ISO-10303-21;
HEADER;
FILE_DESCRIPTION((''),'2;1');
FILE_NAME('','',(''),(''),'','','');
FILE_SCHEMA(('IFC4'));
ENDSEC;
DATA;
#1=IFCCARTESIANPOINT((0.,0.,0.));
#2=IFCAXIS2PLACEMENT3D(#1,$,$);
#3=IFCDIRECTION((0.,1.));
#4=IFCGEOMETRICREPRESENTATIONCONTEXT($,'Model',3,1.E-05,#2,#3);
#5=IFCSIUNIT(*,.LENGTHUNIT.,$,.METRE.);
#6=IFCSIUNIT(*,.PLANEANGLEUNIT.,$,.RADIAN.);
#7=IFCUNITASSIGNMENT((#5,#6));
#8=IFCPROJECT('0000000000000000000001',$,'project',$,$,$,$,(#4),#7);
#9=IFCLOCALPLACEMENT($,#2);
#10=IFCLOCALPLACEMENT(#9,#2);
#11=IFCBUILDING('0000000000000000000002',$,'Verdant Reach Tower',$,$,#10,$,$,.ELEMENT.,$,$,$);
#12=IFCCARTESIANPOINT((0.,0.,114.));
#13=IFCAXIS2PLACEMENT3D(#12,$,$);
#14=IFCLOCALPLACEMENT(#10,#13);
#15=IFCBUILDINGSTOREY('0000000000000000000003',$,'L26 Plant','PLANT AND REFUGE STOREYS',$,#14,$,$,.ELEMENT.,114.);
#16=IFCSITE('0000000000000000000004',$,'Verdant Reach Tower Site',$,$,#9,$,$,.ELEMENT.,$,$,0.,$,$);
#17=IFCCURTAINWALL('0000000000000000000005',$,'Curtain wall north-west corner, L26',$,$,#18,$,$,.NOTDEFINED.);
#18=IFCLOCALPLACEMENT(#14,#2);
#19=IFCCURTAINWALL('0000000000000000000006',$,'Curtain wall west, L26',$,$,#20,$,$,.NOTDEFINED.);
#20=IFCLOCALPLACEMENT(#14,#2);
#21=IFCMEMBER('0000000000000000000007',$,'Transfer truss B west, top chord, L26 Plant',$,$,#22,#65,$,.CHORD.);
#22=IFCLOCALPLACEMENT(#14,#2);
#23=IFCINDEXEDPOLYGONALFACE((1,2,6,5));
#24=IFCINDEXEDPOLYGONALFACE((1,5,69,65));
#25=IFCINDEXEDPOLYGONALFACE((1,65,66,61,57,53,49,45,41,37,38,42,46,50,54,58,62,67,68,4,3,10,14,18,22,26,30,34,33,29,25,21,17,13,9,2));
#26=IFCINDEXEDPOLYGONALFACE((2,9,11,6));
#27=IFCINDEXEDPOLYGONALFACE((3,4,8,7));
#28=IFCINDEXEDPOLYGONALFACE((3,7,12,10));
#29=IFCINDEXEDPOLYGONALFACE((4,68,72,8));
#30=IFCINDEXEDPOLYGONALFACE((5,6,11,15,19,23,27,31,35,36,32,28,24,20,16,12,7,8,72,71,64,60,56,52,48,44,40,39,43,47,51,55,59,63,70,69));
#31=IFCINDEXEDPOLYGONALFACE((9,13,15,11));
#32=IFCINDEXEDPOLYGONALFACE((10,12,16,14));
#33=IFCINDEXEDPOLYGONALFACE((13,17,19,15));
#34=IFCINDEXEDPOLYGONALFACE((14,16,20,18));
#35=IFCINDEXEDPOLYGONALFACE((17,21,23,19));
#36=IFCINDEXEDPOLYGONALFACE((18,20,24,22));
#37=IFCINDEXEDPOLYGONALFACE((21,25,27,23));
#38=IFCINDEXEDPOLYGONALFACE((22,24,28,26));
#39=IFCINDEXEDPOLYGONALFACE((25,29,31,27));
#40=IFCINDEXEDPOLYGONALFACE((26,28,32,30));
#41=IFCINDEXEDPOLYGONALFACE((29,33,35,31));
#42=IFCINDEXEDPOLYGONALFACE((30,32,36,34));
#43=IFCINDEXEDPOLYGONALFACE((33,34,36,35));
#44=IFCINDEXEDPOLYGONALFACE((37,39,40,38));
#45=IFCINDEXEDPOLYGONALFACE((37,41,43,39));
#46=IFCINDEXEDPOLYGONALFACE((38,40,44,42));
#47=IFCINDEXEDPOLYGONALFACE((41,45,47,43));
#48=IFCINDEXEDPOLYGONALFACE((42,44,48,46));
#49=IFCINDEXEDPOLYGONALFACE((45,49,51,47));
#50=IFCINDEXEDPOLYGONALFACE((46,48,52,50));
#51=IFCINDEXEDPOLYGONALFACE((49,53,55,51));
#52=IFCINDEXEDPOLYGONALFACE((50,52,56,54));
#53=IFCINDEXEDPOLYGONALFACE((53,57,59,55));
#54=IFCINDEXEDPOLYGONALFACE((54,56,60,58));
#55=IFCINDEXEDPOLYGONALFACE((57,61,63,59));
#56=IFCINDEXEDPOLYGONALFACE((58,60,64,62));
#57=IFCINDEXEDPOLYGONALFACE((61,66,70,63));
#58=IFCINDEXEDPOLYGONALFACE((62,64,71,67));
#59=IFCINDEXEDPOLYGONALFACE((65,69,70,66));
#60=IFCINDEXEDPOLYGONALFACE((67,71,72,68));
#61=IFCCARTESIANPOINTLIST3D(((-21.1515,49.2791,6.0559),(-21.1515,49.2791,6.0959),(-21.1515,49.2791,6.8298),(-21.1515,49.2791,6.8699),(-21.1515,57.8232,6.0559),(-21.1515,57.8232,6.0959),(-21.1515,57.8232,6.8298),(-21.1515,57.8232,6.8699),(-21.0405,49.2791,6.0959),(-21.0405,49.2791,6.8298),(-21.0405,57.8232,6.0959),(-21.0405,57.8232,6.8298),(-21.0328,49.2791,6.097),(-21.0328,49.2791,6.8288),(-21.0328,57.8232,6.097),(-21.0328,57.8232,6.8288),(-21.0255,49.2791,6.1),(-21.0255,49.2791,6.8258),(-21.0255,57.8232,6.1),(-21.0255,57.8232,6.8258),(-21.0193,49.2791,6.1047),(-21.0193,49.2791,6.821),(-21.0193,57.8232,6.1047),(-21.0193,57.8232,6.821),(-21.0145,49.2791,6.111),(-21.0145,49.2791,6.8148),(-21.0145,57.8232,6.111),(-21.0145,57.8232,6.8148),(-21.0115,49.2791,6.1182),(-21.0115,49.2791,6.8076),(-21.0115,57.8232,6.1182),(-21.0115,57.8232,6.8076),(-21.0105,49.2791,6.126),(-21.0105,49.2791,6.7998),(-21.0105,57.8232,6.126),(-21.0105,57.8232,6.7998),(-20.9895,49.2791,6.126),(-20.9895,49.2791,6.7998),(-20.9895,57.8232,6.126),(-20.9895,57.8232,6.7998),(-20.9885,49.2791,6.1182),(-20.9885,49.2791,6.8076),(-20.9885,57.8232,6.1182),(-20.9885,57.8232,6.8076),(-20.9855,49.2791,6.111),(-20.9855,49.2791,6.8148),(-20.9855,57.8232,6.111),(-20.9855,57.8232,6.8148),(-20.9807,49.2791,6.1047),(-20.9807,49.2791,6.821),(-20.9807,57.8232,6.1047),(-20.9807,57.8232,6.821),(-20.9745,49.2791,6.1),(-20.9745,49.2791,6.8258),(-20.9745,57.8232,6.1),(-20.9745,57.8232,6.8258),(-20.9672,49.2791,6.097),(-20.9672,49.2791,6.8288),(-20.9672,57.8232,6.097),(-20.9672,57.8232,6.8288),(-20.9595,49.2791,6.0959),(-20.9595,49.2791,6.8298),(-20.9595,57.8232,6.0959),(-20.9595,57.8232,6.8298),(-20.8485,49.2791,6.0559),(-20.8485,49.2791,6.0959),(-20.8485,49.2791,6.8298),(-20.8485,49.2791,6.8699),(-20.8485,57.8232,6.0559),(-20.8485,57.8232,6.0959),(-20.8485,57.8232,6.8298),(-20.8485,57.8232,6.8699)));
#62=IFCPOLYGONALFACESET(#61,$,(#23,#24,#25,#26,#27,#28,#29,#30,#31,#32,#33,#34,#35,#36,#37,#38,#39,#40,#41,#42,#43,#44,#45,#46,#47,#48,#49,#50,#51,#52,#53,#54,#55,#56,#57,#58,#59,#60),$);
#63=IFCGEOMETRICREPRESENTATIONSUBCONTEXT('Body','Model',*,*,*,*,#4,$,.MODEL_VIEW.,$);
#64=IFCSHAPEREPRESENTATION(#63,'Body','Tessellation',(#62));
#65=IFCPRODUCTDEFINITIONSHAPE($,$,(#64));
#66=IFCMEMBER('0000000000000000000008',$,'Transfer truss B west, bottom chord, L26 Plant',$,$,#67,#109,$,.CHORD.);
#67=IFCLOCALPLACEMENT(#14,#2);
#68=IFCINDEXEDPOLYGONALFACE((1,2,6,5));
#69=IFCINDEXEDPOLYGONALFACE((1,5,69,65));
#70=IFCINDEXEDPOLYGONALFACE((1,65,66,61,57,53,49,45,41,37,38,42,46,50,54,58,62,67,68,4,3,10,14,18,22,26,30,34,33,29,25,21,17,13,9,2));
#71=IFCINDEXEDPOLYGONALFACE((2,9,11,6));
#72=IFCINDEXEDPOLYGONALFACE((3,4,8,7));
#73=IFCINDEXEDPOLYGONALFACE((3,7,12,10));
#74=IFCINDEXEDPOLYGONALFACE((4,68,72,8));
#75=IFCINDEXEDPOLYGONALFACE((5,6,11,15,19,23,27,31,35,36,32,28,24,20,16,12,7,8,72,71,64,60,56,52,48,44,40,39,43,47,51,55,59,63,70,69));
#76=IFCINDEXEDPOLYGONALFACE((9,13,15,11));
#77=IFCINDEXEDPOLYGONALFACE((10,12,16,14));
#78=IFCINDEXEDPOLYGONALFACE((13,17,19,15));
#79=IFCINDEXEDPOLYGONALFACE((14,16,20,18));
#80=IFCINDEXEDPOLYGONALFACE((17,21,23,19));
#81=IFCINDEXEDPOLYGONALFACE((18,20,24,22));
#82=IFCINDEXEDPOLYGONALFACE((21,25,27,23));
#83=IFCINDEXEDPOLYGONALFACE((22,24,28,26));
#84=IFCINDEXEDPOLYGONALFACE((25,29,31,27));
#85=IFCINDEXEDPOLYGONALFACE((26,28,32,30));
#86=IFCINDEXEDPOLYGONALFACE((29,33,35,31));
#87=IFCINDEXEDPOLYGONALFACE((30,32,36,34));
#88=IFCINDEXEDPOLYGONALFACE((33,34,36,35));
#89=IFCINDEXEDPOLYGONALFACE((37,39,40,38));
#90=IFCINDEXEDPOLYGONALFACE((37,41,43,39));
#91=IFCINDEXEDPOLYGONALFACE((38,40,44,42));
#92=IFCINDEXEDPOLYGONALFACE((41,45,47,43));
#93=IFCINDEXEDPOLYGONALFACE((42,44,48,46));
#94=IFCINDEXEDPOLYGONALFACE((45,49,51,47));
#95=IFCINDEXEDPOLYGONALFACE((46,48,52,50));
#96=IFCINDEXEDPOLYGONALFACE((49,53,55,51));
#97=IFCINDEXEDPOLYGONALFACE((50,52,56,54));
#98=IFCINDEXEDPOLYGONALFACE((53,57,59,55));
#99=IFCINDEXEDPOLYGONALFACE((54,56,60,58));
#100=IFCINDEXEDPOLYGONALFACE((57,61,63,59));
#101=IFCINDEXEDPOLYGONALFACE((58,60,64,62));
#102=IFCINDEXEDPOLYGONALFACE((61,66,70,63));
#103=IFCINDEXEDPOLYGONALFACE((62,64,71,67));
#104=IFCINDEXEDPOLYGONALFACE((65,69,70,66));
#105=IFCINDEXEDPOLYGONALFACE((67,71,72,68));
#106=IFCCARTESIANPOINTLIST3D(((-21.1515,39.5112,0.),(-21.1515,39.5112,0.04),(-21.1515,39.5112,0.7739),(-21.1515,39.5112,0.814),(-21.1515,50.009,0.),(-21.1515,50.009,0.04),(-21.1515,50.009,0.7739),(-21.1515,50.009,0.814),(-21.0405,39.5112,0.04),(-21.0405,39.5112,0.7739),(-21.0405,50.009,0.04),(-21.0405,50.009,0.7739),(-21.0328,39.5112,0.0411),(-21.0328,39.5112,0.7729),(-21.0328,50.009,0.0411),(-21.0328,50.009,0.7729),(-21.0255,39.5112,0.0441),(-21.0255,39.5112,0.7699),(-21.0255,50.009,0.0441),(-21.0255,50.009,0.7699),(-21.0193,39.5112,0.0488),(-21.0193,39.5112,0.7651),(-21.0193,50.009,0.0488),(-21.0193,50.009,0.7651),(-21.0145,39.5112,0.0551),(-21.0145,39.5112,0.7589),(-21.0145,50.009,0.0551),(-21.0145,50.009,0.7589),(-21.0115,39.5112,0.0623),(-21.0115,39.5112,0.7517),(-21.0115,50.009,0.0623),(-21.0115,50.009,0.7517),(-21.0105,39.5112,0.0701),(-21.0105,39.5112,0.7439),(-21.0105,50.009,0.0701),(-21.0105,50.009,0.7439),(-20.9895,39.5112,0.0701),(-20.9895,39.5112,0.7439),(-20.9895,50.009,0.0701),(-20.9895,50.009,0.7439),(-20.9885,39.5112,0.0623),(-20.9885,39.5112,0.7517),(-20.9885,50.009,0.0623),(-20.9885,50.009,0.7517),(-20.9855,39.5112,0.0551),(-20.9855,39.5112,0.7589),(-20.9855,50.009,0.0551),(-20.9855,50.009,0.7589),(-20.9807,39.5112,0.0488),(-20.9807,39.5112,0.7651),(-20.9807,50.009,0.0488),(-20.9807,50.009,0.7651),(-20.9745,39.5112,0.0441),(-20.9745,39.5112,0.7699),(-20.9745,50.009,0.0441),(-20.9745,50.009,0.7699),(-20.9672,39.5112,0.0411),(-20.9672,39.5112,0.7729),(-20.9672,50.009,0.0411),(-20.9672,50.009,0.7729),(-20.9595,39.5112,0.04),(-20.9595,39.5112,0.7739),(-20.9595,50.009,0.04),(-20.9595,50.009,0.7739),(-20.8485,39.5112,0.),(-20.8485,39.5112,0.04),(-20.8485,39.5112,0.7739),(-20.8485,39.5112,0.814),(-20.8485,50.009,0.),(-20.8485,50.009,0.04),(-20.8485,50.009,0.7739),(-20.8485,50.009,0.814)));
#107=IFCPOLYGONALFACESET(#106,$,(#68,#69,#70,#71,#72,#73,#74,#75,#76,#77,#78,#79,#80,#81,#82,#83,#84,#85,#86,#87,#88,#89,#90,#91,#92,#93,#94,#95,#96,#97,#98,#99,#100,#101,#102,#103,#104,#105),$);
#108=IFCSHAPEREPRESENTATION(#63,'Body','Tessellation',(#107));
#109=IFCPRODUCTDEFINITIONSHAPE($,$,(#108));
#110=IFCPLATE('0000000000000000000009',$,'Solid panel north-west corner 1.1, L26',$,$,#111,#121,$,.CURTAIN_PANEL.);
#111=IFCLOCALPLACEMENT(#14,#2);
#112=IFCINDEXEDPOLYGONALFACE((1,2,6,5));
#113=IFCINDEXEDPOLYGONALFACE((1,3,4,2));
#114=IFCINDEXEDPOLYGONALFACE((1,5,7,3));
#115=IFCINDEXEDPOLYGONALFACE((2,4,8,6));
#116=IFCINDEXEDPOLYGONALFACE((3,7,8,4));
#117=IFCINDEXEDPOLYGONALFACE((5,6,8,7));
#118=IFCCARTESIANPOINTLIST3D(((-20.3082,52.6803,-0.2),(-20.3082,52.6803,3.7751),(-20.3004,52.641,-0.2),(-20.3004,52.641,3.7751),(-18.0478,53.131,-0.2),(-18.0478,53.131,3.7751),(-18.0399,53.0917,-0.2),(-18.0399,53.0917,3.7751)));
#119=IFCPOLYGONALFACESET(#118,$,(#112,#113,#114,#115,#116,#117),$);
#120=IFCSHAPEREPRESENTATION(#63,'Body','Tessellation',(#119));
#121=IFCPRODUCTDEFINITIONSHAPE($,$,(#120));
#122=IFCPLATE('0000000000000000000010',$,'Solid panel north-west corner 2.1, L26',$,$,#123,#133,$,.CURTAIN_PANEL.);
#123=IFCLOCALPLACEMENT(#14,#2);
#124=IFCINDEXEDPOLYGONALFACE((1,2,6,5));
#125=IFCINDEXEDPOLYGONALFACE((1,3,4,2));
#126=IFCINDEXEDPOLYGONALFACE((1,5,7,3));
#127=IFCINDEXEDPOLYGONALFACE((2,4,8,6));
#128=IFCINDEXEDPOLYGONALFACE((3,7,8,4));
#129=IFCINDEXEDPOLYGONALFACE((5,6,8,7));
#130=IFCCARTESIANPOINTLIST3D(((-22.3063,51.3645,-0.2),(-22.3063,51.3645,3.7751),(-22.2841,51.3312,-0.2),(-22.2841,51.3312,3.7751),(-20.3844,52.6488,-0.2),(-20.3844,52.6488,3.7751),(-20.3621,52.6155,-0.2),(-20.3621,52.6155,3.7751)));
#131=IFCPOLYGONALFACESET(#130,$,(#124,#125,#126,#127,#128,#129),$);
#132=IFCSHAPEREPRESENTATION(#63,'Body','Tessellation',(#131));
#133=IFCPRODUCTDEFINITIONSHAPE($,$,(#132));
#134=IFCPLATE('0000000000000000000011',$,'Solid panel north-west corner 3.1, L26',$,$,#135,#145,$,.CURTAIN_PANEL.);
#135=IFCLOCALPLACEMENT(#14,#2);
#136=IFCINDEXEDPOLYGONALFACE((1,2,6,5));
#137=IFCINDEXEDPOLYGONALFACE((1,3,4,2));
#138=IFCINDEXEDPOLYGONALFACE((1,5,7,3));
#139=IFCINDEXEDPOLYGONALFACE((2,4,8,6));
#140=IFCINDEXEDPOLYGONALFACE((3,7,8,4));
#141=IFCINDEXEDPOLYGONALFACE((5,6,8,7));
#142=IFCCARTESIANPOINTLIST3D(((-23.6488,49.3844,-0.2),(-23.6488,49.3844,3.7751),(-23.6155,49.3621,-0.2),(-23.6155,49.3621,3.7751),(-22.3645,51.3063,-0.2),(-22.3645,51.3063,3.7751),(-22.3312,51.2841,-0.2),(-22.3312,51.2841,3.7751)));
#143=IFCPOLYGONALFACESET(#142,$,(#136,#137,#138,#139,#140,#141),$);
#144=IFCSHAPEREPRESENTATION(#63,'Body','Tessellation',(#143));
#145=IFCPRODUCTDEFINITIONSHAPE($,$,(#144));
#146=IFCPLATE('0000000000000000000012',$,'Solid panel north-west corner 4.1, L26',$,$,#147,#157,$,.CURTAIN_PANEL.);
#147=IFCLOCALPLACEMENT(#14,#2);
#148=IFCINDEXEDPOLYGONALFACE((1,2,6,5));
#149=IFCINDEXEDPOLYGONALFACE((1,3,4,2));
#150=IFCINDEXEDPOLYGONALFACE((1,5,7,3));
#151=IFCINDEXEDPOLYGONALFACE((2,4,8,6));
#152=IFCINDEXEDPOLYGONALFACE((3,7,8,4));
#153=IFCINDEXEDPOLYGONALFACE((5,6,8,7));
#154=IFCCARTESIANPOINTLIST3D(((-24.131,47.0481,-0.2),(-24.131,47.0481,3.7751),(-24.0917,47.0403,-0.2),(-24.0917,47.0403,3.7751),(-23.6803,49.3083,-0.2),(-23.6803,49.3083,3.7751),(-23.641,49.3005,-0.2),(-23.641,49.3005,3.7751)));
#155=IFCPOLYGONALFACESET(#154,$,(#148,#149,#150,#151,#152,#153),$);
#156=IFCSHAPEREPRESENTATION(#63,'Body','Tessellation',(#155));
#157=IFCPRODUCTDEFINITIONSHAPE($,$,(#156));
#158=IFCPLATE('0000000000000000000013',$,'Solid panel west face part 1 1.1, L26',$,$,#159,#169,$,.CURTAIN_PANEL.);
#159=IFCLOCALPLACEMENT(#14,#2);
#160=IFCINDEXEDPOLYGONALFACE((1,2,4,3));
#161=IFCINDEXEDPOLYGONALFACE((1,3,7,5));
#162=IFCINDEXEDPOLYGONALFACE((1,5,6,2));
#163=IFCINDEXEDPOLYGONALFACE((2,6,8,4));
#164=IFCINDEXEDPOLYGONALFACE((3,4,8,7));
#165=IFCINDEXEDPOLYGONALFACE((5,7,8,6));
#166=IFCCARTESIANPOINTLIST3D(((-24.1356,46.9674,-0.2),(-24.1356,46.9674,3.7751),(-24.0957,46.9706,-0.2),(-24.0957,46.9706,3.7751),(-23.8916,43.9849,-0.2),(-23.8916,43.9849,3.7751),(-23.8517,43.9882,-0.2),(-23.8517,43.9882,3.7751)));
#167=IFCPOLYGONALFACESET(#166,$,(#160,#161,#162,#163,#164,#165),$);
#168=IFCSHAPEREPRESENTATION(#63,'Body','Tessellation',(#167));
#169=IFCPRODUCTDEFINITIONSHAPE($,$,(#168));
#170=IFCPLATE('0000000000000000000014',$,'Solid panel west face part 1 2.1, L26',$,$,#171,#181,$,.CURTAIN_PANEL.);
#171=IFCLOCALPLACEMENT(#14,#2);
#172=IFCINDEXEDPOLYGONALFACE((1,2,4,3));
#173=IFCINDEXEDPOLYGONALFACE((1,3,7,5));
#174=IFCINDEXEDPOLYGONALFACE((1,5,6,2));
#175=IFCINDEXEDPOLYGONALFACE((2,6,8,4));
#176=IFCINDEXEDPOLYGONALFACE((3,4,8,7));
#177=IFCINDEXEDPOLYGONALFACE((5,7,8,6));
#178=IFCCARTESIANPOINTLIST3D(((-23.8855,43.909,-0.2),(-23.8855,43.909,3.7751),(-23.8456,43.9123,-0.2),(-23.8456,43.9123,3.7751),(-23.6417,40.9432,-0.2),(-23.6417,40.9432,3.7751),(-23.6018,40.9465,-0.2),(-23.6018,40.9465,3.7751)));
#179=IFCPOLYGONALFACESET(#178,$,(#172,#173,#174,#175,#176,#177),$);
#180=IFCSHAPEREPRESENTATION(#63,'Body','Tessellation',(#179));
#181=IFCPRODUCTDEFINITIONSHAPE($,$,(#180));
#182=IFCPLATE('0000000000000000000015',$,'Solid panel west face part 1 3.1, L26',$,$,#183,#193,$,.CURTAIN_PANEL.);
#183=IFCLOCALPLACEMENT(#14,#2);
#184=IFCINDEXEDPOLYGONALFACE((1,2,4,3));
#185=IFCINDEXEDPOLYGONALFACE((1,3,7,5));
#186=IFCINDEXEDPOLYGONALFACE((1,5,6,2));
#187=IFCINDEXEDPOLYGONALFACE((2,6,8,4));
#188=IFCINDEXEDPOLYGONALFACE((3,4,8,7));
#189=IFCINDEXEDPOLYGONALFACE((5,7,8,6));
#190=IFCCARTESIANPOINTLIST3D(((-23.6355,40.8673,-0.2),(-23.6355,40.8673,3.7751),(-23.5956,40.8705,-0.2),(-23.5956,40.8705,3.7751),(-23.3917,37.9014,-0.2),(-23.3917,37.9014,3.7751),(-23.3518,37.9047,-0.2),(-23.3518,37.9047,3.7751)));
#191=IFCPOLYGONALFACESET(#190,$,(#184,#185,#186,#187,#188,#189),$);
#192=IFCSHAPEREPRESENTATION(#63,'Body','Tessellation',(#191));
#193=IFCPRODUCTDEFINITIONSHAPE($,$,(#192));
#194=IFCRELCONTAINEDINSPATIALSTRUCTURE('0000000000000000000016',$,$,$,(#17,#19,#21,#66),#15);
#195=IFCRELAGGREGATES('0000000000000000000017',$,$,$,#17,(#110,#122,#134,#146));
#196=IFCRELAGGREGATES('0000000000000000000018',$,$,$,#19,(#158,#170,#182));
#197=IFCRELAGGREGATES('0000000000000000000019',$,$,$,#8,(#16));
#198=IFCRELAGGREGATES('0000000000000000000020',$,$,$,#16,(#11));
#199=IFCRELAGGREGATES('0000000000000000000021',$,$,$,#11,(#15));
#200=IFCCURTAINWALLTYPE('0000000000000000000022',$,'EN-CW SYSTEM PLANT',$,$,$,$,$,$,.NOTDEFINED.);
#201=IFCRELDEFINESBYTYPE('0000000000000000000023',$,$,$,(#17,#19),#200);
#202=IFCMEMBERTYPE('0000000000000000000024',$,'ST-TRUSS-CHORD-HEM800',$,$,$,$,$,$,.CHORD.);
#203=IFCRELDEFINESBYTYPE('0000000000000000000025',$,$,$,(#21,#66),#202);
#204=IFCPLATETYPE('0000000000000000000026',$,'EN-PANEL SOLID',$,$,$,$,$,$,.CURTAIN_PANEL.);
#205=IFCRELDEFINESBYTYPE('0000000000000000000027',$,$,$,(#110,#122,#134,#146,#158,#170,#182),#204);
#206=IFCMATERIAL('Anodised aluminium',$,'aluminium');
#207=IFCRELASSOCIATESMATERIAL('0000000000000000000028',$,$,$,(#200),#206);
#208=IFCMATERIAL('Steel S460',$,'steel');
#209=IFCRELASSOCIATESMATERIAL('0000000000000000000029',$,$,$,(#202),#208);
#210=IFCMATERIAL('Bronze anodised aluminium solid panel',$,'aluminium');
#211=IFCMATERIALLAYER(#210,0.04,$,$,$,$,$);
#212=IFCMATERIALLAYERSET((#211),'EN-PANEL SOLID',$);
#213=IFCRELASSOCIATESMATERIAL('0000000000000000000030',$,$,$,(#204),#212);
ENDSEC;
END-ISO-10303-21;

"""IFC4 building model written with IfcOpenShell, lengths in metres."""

from ifc_helpers import new_model, si_unit, direction, frame, origin, origin_2d, place, context, subcontext, project, spatial, rectangle, i_section, extrude, material, layer, layer_set, material_profile, profile_set, type_object, element, aggregate, save


model = new_model("IFC4")

# Units and contexts
model_context = context("Model", 3, precision=1e-05, world=origin(), true_north=direction((0.0, 1.0)))
body_context = subcontext(model_context, "Body", "Model", "MODEL_VIEW")
ifc_project = project(units=[si_unit("LENGTHUNIT", "METRE"), si_unit("PLANEANGLEUNIT", "RADIAN")], contexts=[model_context])

# Site, building, storey
site_placement = place(None, origin())
site = spatial("IfcSite", under=ifc_project, at=site_placement, Name="Verdant Reach Tower Site", CompositionType="ELEMENT", RefElevation=0.0)
building_placement = place(site_placement, origin())
building = spatial("IfcBuilding", under=site, at=building_placement, Name="Verdant Reach Tower", CompositionType="ELEMENT")
storey_placement = place(building_placement, frame((0.0, 0.0, 114.0)))
storey = spatial("IfcBuildingStorey", under=building, at=storey_placement, Name="L26 Plant", Description="PLANT AND REFUGE STOREYS", CompositionType="ELEMENT", Elevation=114.0)

# Shared definitions
ifc_material_1 = material(Name="Steel S460", Category="steel")

# Curtain walls
ifc_material_2 = material(Name="Anodised aluminium", Category="aluminium")
curtain_wall_type = type_object("IfcCurtainWallType", Name="EN-CW SYSTEM PLANT", PredefinedType="NOTDEFINED", material=ifc_material_2)
curtain_wall_1_placement = place(storey_placement, origin())
curtain_wall_1 = element("IfcCurtainWall", 1, at=curtain_wall_1_placement, inside=storey, type_object=curtain_wall_type, Name="Curtain wall north-west corner, L26", PredefinedType="NOTDEFINED")
curtain_wall_2_placement = place(storey_placement, origin())
curtain_wall_2 = element("IfcCurtainWall", 2, at=curtain_wall_2_placement, inside=storey, type_object=curtain_wall_type, Name="Curtain wall west, L26", PredefinedType="NOTDEFINED")

# Members
ifc_material_profile_1 = material_profile(ifc_material_1, i_section(OverallWidth=0.303, OverallDepth=0.814, WebThickness=0.021, FlangeThickness=0.04, FilletRadius=0.03, at=origin_2d()), Name="HEM 800")
ifc_profile_set_1 = profile_set([ifc_material_profile_1], Name="Steel S460")
member_type_1 = type_object("IfcMemberType", Name="ST-TRUSS-CHORD-HEM800", PredefinedType="CHORD", material=ifc_profile_set_1)
member_1_placement = place(storey_placement, frame((-21.0, 49.2791, 6.4629), z_axis=(0.0, 1.0, 0.0), x_axis=(-1.0, 0.0, 0.0)))
element("IfcMember", 3, at=member_1_placement, inside=storey, type_object=member_type_1, Name="Transfer truss B west, top chord, L26 Plant", PredefinedType="CHORD", context=body_context, shape_type="SweptSolid", body=[
    extrude(i_section(OverallWidth=0.303, OverallDepth=0.814, WebThickness=0.021, FlangeThickness=0.04, FilletRadius=0.03, at=origin_2d()), origin(), (0.0, 0.0, 1.0), 8.5442),
])
member_2_placement = place(storey_placement, frame((-21.0, 39.5112, 0.407), z_axis=(0.0, 1.0, 0.0), x_axis=(-1.0, 0.0, 0.0)))
element("IfcMember", 4, at=member_2_placement, inside=storey, type_object=member_type_1, Name="Transfer truss B west, bottom chord, L26 Plant", PredefinedType="CHORD", context=body_context, shape_type="SweptSolid", body=[
    extrude(i_section(OverallWidth=0.303, OverallDepth=0.814, WebThickness=0.021, FlangeThickness=0.04, FilletRadius=0.03, at=origin_2d()), origin(), (0.0, 0.0, 1.0), 10.4978),
])

# Plates
ifc_material_3 = material(Name="Bronze anodised aluminium solid panel", Category="aluminium")
ifc_layer_1 = layer(ifc_material_3, 0.04)
ifc_layer_set_1 = layer_set([ifc_layer_1], Name="EN-PANEL SOLID")
plate_type_1 = type_object("IfcPlateType", Name="EN-PANEL SOLID", PredefinedType="CURTAIN_PANEL", material=ifc_layer_set_1)
plate_1_placement = place(storey_placement, frame((-19.1741, 52.886, -0.2), z_axis=(0.0, 0.0, 1.0), x_axis=(-0.980695, -0.195545, 0.0)))
plate_1 = element("IfcPlate", 5, at=plate_1_placement, type_object=plate_type_1, Name="Solid panel north-west corner 1.1, L26", PredefinedType="CURTAIN_PANEL", context=body_context, shape_type="SweptSolid", body=[
    extrude(rectangle(XDim=2.3049, YDim=0.04, at=origin_2d()), origin(), (0.0, 0.0, 1.0), 3.9751),
])
plate_2_placement = place(storey_placement, frame((-21.3342, 51.99, -0.2), z_axis=(0.0, 0.0, 1.0), x_axis=(-0.831452, -0.555596, 0.0)))
plate_2 = element("IfcPlate", 6, at=plate_2_placement, type_object=plate_type_1, Name="Solid panel north-west corner 2.1, L26", PredefinedType="CURTAIN_PANEL", context=body_context, shape_type="SweptSolid", body=[
    extrude(rectangle(XDim=2.3115, YDim=0.04, at=origin_2d()), origin(), (0.0, 0.0, 1.0), 3.9751),
])
plate_3_placement = place(storey_placement, frame((-22.99, 50.3342, -0.2), z_axis=(0.0, 0.0, 1.0), x_axis=(-0.555596, -0.831452, 0.0)))
plate_3 = element("IfcPlate", 7, at=plate_3_placement, type_object=plate_type_1, Name="Solid panel north-west corner 3.1, L26", PredefinedType="CURTAIN_PANEL", context=body_context, shape_type="SweptSolid", body=[
    extrude(rectangle(XDim=2.3115, YDim=0.04, at=origin_2d()), origin(), (0.0, 0.0, 1.0), 3.9751),
])
plate_4_placement = place(storey_placement, frame((-23.886, 48.1743, -0.2), z_axis=(0.0, 0.0, 1.0), x_axis=(-0.195549, -0.980694, 0.0)))
plate_4 = element("IfcPlate", 8, at=plate_4_placement, type_object=plate_type_1, Name="Solid panel north-west corner 4.1, L26", PredefinedType="CURTAIN_PANEL", context=body_context, shape_type="SweptSolid", body=[
    extrude(rectangle(XDim=2.3047, YDim=0.04, at=origin_2d()), origin(), (0.0, 0.0, 1.0), 3.9751),
])
plate_5_placement = place(storey_placement, frame((-23.9937, 45.4778, -0.2), z_axis=(0.0, 0.0, 1.0), x_axis=(0.081542, -0.99667, 0.0)))
plate_5 = element("IfcPlate", 9, at=plate_5_placement, type_object=plate_type_1, Name="Solid panel west face part 1 1.1, L26", PredefinedType="CURTAIN_PANEL", context=body_context, shape_type="SweptSolid", body=[
    extrude(rectangle(XDim=2.9924, YDim=0.04, at=origin_2d()), origin(), (0.0, 0.0, 1.0), 3.9751),
])
plate_6_placement = place(storey_placement, frame((-23.7437, 42.4277, -0.2), z_axis=(0.0, 0.0, 1.0), x_axis=(0.081916, -0.996639, 0.0)))
plate_6 = element("IfcPlate", 10, at=plate_6_placement, type_object=plate_type_1, Name="Solid panel west face part 1 2.1, L26", PredefinedType="CURTAIN_PANEL", context=body_context, shape_type="SweptSolid", body=[
    extrude(rectangle(XDim=2.9758, YDim=0.04, at=origin_2d()), origin(), (0.0, 0.0, 1.0), 3.9751),
])
plate_7_placement = place(storey_placement, frame((-23.4937, 39.386, -0.2), z_axis=(0.0, 0.0, 1.0), x_axis=(0.081916, -0.996639, 0.0)))
plate_7 = element("IfcPlate", 11, at=plate_7_placement, type_object=plate_type_1, Name="Solid panel west face part 1 3.1, L26", PredefinedType="CURTAIN_PANEL", context=body_context, shape_type="SweptSolid", body=[
    extrude(rectangle(XDim=2.9758, YDim=0.04, at=origin_2d()), origin(), (0.0, 0.0, 1.0), 3.9751),
])

aggregate(curtain_wall_1, [plate_1, plate_2, plate_3, plate_4])
aggregate(curtain_wall_2, [plate_5, plate_6, plate_7])

save(model, "model.ifc")
